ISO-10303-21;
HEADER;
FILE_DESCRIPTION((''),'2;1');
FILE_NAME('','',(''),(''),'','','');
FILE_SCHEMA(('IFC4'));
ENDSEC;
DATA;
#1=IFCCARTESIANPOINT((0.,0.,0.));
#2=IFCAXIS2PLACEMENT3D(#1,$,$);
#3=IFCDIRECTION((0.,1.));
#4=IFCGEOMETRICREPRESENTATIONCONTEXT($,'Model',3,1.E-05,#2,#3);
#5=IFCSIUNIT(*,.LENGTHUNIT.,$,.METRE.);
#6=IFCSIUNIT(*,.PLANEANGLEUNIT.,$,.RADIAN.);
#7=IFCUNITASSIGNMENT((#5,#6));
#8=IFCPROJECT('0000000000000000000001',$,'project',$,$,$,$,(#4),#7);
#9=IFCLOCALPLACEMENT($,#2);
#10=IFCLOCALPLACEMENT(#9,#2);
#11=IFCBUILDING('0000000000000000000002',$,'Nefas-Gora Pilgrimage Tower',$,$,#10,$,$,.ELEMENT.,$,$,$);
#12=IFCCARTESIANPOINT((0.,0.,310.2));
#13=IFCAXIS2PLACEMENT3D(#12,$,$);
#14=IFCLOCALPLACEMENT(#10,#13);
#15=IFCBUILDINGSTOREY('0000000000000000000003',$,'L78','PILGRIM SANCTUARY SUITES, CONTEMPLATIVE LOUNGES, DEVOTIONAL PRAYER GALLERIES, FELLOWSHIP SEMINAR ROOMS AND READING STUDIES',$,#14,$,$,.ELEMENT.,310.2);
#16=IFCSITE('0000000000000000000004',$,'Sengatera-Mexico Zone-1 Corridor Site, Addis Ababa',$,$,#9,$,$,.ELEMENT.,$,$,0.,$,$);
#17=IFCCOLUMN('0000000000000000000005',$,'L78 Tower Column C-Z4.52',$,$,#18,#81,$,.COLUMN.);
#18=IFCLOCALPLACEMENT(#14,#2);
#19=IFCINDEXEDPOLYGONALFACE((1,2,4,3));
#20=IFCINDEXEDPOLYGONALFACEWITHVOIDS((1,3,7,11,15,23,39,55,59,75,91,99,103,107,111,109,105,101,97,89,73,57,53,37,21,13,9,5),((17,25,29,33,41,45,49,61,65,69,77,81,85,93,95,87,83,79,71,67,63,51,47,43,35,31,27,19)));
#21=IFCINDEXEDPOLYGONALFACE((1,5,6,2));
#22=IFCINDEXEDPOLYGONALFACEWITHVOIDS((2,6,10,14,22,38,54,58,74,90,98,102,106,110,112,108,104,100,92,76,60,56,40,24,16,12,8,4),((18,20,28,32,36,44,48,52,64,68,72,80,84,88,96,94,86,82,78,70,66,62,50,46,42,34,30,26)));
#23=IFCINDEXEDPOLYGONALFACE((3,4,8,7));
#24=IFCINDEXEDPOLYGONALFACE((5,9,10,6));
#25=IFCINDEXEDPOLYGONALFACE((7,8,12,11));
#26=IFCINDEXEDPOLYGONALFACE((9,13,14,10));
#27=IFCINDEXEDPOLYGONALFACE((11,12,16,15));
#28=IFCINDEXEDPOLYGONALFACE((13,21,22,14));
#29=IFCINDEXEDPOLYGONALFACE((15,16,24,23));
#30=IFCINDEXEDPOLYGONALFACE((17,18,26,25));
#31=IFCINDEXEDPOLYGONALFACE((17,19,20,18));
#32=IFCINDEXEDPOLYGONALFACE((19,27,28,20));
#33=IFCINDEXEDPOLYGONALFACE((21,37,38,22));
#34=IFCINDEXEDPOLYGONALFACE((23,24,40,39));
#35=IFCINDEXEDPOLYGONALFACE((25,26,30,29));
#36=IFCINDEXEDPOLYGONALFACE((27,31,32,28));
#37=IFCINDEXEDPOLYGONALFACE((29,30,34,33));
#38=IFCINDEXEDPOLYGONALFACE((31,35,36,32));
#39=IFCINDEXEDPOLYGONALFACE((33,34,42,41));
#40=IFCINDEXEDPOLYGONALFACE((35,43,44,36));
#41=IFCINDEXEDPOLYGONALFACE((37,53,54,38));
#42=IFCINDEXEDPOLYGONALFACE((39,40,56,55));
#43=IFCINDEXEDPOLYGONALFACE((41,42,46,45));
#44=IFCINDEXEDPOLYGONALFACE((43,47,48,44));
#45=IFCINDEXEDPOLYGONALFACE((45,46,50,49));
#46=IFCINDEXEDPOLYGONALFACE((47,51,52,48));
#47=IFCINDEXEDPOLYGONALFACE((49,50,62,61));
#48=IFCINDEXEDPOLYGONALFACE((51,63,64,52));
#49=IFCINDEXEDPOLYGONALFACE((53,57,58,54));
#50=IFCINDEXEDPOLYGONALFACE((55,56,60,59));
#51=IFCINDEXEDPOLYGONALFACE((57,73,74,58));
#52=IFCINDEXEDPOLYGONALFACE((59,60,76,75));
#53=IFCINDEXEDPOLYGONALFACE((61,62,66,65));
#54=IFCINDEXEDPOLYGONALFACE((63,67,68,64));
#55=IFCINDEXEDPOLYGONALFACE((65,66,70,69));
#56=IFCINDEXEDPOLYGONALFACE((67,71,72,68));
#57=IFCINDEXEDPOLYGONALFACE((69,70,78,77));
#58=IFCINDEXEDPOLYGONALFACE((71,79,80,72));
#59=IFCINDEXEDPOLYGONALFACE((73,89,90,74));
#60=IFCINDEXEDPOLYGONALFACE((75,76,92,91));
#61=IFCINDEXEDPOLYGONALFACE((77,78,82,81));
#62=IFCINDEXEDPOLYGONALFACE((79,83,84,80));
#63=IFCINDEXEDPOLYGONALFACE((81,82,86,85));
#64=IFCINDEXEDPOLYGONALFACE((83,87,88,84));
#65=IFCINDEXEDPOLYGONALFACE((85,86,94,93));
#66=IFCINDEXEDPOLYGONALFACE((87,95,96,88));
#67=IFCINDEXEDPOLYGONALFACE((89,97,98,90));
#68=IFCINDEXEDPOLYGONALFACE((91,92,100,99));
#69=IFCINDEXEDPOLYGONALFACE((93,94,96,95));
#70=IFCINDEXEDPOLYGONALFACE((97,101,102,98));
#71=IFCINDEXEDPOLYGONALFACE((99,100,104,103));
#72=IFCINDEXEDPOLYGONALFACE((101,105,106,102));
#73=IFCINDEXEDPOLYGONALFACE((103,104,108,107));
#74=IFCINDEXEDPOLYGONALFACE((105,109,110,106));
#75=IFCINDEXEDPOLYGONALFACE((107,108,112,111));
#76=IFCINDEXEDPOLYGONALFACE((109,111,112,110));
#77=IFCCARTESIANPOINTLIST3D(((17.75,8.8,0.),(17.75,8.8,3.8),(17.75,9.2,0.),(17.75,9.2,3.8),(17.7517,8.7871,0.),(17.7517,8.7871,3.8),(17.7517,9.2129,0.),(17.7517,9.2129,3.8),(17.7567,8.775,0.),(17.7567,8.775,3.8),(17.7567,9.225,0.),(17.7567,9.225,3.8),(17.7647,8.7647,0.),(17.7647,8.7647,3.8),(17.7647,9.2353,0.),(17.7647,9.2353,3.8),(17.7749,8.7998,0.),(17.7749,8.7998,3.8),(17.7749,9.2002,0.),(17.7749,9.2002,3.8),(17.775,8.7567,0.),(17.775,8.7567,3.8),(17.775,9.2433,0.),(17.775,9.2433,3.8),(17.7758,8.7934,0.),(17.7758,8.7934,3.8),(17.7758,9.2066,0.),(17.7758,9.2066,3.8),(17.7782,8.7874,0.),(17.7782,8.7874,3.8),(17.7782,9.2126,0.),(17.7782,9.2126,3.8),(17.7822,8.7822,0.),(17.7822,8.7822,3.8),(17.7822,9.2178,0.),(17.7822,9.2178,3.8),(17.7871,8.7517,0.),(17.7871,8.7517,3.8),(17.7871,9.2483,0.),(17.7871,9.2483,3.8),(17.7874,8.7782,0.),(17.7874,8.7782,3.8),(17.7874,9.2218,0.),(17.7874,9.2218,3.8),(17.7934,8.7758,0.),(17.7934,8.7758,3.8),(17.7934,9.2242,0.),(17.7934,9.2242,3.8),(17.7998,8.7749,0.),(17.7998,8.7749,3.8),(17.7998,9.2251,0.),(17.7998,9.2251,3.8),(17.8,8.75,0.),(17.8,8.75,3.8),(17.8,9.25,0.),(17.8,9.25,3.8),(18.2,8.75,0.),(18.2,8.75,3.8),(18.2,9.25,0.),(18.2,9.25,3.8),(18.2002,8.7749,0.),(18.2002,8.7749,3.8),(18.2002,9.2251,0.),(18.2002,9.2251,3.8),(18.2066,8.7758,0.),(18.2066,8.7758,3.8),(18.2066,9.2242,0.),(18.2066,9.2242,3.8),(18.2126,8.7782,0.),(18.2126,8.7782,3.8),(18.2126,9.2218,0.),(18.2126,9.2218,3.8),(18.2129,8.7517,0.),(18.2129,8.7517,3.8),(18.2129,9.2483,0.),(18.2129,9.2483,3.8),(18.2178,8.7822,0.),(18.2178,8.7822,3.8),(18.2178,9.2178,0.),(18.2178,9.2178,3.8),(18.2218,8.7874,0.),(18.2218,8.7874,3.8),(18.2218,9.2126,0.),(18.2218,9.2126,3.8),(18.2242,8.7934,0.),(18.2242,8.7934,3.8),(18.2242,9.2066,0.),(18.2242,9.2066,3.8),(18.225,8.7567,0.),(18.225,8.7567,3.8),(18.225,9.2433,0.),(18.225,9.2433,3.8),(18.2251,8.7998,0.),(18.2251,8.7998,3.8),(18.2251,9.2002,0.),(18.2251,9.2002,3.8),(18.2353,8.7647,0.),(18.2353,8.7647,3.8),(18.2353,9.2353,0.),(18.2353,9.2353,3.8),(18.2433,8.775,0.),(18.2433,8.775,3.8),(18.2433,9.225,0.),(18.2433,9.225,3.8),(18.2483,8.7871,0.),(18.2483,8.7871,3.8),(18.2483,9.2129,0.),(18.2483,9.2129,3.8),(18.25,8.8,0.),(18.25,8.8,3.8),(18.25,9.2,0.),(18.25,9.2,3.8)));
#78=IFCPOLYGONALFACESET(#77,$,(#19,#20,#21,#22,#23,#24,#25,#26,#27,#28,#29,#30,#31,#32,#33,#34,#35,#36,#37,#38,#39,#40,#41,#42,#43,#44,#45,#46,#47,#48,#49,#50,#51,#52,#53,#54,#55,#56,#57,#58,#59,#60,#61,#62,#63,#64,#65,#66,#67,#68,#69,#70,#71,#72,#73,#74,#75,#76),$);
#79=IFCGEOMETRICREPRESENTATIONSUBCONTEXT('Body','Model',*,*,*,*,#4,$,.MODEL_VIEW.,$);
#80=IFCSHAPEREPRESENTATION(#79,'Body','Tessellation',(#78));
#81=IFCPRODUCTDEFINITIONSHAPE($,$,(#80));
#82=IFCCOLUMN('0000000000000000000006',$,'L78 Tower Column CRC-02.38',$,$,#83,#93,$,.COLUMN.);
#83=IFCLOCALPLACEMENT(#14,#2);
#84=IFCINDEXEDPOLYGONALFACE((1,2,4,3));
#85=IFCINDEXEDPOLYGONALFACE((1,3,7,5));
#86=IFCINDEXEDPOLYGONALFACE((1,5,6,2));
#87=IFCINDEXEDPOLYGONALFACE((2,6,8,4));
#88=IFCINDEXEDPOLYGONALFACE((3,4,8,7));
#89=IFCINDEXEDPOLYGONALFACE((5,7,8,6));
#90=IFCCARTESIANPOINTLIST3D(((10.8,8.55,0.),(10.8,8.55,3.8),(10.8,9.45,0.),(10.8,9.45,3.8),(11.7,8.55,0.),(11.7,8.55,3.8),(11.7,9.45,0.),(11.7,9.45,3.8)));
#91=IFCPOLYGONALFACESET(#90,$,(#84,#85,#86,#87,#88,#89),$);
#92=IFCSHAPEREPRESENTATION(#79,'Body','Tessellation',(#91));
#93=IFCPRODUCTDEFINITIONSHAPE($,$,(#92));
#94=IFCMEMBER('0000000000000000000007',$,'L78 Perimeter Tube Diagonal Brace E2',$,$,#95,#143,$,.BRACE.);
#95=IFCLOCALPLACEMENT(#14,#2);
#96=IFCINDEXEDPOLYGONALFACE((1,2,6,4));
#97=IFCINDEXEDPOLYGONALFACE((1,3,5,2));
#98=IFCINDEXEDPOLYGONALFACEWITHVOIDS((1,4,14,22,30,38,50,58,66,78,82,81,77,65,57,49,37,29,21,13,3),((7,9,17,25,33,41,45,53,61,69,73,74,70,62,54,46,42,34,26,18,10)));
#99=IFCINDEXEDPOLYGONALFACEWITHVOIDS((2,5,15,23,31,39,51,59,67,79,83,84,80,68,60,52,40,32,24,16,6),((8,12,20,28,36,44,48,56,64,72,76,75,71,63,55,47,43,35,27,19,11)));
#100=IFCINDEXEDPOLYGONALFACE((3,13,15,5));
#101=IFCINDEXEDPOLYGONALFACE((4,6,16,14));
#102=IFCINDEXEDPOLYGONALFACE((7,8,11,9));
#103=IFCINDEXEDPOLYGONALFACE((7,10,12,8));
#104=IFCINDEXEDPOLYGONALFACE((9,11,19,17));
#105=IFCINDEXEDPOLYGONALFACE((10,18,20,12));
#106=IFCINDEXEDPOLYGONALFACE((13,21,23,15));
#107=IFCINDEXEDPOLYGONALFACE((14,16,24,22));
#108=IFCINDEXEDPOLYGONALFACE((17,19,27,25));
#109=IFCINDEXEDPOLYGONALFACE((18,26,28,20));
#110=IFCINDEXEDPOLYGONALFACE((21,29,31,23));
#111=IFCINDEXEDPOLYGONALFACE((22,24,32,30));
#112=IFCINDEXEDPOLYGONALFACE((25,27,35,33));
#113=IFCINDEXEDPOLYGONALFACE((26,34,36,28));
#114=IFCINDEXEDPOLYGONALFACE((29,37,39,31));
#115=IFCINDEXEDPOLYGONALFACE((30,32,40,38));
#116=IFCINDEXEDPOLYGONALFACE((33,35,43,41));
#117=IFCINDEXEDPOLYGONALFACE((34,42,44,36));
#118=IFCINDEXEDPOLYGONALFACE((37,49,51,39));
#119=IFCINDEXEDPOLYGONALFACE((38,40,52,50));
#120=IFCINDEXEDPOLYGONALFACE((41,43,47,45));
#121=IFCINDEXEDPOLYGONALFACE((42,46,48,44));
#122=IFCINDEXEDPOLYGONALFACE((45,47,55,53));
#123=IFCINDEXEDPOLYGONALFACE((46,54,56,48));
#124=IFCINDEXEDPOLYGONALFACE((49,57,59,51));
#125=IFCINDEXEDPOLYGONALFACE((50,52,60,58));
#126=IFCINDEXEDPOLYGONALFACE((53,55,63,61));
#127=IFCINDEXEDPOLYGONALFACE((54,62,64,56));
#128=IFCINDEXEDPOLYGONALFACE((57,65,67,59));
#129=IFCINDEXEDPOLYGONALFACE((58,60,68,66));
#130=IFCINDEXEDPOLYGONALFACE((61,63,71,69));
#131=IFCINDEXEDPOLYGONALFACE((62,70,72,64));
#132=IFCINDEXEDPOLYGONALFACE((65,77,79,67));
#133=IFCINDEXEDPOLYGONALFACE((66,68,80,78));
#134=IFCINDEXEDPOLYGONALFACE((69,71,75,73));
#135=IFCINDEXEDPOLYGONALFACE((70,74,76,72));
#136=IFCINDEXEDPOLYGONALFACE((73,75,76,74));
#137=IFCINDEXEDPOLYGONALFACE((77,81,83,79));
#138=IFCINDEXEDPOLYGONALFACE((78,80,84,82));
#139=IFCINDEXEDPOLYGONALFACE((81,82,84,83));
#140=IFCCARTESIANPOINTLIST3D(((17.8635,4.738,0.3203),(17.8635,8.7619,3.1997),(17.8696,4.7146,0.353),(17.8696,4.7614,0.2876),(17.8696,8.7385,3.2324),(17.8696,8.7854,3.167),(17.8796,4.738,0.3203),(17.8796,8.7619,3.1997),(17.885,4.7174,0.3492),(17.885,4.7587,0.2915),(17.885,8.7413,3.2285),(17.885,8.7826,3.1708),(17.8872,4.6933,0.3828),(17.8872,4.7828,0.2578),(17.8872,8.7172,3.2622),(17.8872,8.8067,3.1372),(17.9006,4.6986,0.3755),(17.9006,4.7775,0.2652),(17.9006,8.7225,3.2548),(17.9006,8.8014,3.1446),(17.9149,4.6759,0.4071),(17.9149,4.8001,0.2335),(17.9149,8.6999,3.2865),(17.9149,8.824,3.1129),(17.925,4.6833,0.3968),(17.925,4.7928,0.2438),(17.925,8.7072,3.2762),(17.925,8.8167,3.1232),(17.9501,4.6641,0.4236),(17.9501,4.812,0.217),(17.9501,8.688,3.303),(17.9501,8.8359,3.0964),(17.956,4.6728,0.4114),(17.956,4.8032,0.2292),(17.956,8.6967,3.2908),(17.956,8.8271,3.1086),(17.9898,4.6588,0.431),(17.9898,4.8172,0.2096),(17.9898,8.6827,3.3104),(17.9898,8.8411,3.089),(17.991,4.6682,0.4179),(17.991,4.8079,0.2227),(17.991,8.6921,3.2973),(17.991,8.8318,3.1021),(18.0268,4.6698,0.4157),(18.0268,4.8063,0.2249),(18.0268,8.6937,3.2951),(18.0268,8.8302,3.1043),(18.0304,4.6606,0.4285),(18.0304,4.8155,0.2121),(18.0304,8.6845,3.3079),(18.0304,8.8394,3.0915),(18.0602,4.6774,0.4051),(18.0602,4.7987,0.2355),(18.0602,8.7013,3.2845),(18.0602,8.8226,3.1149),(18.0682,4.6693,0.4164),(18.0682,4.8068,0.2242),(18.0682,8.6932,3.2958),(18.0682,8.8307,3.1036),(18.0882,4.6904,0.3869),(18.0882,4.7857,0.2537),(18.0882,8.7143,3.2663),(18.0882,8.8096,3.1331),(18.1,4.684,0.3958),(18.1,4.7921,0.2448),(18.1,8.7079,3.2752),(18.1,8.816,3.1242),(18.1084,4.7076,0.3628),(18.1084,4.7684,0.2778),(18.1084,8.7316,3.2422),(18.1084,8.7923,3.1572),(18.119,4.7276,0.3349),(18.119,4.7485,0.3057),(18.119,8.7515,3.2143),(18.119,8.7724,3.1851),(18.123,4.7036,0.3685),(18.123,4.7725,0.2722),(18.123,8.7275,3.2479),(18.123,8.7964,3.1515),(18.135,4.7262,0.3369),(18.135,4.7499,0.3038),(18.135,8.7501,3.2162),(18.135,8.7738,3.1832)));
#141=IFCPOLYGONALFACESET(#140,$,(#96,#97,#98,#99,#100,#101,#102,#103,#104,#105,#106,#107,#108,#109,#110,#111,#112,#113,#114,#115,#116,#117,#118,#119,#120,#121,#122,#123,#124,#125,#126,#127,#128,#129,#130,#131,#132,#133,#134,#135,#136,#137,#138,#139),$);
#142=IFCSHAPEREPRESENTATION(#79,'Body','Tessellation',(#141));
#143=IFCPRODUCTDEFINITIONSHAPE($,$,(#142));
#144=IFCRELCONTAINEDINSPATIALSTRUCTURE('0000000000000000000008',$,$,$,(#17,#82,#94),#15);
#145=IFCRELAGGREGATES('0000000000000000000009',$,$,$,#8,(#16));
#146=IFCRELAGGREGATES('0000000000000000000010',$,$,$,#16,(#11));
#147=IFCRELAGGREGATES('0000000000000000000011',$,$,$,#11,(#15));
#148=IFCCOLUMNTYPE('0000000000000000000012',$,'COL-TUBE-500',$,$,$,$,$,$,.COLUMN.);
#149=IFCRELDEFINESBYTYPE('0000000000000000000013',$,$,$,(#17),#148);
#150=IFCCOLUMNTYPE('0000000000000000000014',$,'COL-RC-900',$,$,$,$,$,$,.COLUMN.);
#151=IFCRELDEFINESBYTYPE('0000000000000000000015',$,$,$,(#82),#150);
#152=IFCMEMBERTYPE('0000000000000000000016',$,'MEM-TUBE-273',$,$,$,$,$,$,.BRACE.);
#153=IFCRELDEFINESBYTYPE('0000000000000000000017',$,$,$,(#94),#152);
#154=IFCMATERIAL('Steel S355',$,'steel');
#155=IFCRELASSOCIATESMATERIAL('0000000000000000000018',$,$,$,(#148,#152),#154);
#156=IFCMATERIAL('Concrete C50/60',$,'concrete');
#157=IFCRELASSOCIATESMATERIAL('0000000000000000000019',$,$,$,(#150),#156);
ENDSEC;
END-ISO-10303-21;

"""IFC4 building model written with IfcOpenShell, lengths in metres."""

from ifc_helpers import new_model, si_unit, direction, frame, origin, origin_2d, place, context, subcontext, project, spatial, rectangle, hollow_rectangle, hollow_circle, extrude, source, transform, mapped, material, material_profile, profile_set, type_object, element, save


model = new_model("IFC4")

# Units and contexts
model_context = context("Model", 3, precision=1e-05, world=origin(), true_north=direction((0.0, 1.0)))
body_context = subcontext(model_context, "Body", "Model", "MODEL_VIEW")
ifc_project = project(units=[si_unit("LENGTHUNIT", "METRE"), si_unit("PLANEANGLEUNIT", "RADIAN")], contexts=[model_context])

# Site, building, storey
site_placement = place(None, origin())
site = spatial("IfcSite", under=ifc_project, at=site_placement, Name="Sengatera-Mexico Zone-1 Corridor Site, Addis Ababa", CompositionType="ELEMENT", RefElevation=0.0)
building_placement = place(site_placement, origin())
building = spatial("IfcBuilding", under=site, at=building_placement, Name="Nefas-Gora Pilgrimage Tower", CompositionType="ELEMENT")
storey_placement = place(building_placement, frame((0.0, 0.0, 310.2)))
storey = spatial("IfcBuildingStorey", under=building, at=storey_placement, Name="L78", Description="PILGRIM SANCTUARY SUITES, CONTEMPLATIVE LOUNGES, DEVOTIONAL PRAYER GALLERIES, FELLOWSHIP SEMINAR ROOMS AND READING STUDIES", CompositionType="ELEMENT", Elevation=310.2)

# Columns
ifc_material_1 = material(Name="Steel S355", Category="steel")
ifc_material_profile_1 = material_profile(ifc_material_1, hollow_rectangle(XDim=0.5, YDim=0.5, WallThickness=0.0249, InnerFilletRadius=0.0249, OuterFilletRadius=0.05, at=origin_2d()), Name="SHS 500x500x25")
ifc_profile_set_1 = profile_set([ifc_material_profile_1], Name="Steel S355")
column_type_1 = type_object("IfcColumnType", Name="COL-TUBE-500", PredefinedType="COLUMN", material=ifc_profile_set_1)
shared_shape_1 = source(origin(), body_context, "Body", "SweptSolid", [
    extrude(hollow_rectangle(XDim=0.5, YDim=0.5, WallThickness=0.0249, InnerFilletRadius=0.0249, OuterFilletRadius=0.05, at=origin_2d()), origin(), (0.0, 0.0, 1.0), 3.8),
])
for number, where, z_axis, x_axis, name in (
    (1, (18.0, 9.0, 0.0), (0.0, 0.0, 1.0), (1.0, 0.0, 0.0), "L78 Tower Column C-Z4.52"),
):
    element("IfcColumn", number, at=place(storey_placement, frame(where, z_axis=z_axis, x_axis=x_axis)), inside=storey, type_object=column_type_1, Name=name, PredefinedType="COLUMN", context=body_context, shape_type="MappedRepresentation", body=[
        mapped(shared_shape_1, transform((0.0, 0.0, 0.0), x_axis=(1.0, 0.0, 0.0), y_axis=(0.0, 1.0, 0.0), z_axis=(0.0, 0.0, 1.0), scale=1.0)),
    ])
ifc_material_2 = material(Name="Concrete C50/60", Category="concrete")
ifc_material_profile_2 = material_profile(ifc_material_2, rectangle(XDim=0.8999, YDim=0.8999, at=origin_2d()), Name="RC 900x900")
ifc_profile_set_2 = profile_set([ifc_material_profile_2], Name="Concrete C50/60")
column_type_2 = type_object("IfcColumnType", Name="COL-RC-900", PredefinedType="COLUMN", material=ifc_profile_set_2)
shared_shape_2 = source(origin(), body_context, "Body", "SweptSolid", [
    extrude(rectangle(XDim=0.8999, YDim=0.8999, at=origin_2d()), origin(), (0.0, 0.0, 1.0), 3.8),
])
column_placement = place(storey_placement, frame((11.25, 9.0, 0.0), z_axis=(0.0, 0.0, 1.0), x_axis=(1.0, 0.0, 0.0)))
element("IfcColumn", 2, at=column_placement, inside=storey, type_object=column_type_2, Name="L78 Tower Column CRC-02.38", PredefinedType="COLUMN", context=body_context, shape_type="MappedRepresentation", body=[
    mapped(shared_shape_2, transform((0.0, 0.0, 0.0), x_axis=(1.0, 0.0, 0.0), y_axis=(0.0, 1.0, 0.0), z_axis=(0.0, 0.0, 1.0), scale=1.0)),
])

# Member
ifc_material_profile_3 = material_profile(ifc_material_1, hollow_circle(Radius=0.1365, WallThickness=0.0161, at=origin_2d()), Name="CHS 273x16")
ifc_profile_set_3 = profile_set([ifc_material_profile_3], Name="Steel S355")
member_type_1 = type_object("IfcMemberType", Name="MEM-TUBE-273", PredefinedType="BRACE", material=ifc_profile_set_3)
shared_shape_3 = source(origin(), body_context, "Body", "SweptSolid", [
    extrude(hollow_circle(Radius=0.1365, WallThickness=0.0161, at=origin_2d()), origin(), (0.0, 0.0, 1.0), 4.948),
])
member_1_placement = place(storey_placement, frame((18.0, 4.738, 0.3203), z_axis=(0.0, 0.81324, 0.581929), x_axis=(-1.0, 0.0, 0.0)))
element("IfcMember", 3, at=member_1_placement, inside=storey, type_object=member_type_1, Name="L78 Perimeter Tube Diagonal Brace E2", PredefinedType="BRACE", context=body_context, shape_type="MappedRepresentation", body=[
    mapped(shared_shape_3, transform((0.0, 0.0, 0.0), x_axis=(1.0, 0.0, 0.0), y_axis=(0.0, 1.0, 0.0), z_axis=(0.0, 0.0, 1.0), scale=1.0)),
])

save(model, "model.ifc")
